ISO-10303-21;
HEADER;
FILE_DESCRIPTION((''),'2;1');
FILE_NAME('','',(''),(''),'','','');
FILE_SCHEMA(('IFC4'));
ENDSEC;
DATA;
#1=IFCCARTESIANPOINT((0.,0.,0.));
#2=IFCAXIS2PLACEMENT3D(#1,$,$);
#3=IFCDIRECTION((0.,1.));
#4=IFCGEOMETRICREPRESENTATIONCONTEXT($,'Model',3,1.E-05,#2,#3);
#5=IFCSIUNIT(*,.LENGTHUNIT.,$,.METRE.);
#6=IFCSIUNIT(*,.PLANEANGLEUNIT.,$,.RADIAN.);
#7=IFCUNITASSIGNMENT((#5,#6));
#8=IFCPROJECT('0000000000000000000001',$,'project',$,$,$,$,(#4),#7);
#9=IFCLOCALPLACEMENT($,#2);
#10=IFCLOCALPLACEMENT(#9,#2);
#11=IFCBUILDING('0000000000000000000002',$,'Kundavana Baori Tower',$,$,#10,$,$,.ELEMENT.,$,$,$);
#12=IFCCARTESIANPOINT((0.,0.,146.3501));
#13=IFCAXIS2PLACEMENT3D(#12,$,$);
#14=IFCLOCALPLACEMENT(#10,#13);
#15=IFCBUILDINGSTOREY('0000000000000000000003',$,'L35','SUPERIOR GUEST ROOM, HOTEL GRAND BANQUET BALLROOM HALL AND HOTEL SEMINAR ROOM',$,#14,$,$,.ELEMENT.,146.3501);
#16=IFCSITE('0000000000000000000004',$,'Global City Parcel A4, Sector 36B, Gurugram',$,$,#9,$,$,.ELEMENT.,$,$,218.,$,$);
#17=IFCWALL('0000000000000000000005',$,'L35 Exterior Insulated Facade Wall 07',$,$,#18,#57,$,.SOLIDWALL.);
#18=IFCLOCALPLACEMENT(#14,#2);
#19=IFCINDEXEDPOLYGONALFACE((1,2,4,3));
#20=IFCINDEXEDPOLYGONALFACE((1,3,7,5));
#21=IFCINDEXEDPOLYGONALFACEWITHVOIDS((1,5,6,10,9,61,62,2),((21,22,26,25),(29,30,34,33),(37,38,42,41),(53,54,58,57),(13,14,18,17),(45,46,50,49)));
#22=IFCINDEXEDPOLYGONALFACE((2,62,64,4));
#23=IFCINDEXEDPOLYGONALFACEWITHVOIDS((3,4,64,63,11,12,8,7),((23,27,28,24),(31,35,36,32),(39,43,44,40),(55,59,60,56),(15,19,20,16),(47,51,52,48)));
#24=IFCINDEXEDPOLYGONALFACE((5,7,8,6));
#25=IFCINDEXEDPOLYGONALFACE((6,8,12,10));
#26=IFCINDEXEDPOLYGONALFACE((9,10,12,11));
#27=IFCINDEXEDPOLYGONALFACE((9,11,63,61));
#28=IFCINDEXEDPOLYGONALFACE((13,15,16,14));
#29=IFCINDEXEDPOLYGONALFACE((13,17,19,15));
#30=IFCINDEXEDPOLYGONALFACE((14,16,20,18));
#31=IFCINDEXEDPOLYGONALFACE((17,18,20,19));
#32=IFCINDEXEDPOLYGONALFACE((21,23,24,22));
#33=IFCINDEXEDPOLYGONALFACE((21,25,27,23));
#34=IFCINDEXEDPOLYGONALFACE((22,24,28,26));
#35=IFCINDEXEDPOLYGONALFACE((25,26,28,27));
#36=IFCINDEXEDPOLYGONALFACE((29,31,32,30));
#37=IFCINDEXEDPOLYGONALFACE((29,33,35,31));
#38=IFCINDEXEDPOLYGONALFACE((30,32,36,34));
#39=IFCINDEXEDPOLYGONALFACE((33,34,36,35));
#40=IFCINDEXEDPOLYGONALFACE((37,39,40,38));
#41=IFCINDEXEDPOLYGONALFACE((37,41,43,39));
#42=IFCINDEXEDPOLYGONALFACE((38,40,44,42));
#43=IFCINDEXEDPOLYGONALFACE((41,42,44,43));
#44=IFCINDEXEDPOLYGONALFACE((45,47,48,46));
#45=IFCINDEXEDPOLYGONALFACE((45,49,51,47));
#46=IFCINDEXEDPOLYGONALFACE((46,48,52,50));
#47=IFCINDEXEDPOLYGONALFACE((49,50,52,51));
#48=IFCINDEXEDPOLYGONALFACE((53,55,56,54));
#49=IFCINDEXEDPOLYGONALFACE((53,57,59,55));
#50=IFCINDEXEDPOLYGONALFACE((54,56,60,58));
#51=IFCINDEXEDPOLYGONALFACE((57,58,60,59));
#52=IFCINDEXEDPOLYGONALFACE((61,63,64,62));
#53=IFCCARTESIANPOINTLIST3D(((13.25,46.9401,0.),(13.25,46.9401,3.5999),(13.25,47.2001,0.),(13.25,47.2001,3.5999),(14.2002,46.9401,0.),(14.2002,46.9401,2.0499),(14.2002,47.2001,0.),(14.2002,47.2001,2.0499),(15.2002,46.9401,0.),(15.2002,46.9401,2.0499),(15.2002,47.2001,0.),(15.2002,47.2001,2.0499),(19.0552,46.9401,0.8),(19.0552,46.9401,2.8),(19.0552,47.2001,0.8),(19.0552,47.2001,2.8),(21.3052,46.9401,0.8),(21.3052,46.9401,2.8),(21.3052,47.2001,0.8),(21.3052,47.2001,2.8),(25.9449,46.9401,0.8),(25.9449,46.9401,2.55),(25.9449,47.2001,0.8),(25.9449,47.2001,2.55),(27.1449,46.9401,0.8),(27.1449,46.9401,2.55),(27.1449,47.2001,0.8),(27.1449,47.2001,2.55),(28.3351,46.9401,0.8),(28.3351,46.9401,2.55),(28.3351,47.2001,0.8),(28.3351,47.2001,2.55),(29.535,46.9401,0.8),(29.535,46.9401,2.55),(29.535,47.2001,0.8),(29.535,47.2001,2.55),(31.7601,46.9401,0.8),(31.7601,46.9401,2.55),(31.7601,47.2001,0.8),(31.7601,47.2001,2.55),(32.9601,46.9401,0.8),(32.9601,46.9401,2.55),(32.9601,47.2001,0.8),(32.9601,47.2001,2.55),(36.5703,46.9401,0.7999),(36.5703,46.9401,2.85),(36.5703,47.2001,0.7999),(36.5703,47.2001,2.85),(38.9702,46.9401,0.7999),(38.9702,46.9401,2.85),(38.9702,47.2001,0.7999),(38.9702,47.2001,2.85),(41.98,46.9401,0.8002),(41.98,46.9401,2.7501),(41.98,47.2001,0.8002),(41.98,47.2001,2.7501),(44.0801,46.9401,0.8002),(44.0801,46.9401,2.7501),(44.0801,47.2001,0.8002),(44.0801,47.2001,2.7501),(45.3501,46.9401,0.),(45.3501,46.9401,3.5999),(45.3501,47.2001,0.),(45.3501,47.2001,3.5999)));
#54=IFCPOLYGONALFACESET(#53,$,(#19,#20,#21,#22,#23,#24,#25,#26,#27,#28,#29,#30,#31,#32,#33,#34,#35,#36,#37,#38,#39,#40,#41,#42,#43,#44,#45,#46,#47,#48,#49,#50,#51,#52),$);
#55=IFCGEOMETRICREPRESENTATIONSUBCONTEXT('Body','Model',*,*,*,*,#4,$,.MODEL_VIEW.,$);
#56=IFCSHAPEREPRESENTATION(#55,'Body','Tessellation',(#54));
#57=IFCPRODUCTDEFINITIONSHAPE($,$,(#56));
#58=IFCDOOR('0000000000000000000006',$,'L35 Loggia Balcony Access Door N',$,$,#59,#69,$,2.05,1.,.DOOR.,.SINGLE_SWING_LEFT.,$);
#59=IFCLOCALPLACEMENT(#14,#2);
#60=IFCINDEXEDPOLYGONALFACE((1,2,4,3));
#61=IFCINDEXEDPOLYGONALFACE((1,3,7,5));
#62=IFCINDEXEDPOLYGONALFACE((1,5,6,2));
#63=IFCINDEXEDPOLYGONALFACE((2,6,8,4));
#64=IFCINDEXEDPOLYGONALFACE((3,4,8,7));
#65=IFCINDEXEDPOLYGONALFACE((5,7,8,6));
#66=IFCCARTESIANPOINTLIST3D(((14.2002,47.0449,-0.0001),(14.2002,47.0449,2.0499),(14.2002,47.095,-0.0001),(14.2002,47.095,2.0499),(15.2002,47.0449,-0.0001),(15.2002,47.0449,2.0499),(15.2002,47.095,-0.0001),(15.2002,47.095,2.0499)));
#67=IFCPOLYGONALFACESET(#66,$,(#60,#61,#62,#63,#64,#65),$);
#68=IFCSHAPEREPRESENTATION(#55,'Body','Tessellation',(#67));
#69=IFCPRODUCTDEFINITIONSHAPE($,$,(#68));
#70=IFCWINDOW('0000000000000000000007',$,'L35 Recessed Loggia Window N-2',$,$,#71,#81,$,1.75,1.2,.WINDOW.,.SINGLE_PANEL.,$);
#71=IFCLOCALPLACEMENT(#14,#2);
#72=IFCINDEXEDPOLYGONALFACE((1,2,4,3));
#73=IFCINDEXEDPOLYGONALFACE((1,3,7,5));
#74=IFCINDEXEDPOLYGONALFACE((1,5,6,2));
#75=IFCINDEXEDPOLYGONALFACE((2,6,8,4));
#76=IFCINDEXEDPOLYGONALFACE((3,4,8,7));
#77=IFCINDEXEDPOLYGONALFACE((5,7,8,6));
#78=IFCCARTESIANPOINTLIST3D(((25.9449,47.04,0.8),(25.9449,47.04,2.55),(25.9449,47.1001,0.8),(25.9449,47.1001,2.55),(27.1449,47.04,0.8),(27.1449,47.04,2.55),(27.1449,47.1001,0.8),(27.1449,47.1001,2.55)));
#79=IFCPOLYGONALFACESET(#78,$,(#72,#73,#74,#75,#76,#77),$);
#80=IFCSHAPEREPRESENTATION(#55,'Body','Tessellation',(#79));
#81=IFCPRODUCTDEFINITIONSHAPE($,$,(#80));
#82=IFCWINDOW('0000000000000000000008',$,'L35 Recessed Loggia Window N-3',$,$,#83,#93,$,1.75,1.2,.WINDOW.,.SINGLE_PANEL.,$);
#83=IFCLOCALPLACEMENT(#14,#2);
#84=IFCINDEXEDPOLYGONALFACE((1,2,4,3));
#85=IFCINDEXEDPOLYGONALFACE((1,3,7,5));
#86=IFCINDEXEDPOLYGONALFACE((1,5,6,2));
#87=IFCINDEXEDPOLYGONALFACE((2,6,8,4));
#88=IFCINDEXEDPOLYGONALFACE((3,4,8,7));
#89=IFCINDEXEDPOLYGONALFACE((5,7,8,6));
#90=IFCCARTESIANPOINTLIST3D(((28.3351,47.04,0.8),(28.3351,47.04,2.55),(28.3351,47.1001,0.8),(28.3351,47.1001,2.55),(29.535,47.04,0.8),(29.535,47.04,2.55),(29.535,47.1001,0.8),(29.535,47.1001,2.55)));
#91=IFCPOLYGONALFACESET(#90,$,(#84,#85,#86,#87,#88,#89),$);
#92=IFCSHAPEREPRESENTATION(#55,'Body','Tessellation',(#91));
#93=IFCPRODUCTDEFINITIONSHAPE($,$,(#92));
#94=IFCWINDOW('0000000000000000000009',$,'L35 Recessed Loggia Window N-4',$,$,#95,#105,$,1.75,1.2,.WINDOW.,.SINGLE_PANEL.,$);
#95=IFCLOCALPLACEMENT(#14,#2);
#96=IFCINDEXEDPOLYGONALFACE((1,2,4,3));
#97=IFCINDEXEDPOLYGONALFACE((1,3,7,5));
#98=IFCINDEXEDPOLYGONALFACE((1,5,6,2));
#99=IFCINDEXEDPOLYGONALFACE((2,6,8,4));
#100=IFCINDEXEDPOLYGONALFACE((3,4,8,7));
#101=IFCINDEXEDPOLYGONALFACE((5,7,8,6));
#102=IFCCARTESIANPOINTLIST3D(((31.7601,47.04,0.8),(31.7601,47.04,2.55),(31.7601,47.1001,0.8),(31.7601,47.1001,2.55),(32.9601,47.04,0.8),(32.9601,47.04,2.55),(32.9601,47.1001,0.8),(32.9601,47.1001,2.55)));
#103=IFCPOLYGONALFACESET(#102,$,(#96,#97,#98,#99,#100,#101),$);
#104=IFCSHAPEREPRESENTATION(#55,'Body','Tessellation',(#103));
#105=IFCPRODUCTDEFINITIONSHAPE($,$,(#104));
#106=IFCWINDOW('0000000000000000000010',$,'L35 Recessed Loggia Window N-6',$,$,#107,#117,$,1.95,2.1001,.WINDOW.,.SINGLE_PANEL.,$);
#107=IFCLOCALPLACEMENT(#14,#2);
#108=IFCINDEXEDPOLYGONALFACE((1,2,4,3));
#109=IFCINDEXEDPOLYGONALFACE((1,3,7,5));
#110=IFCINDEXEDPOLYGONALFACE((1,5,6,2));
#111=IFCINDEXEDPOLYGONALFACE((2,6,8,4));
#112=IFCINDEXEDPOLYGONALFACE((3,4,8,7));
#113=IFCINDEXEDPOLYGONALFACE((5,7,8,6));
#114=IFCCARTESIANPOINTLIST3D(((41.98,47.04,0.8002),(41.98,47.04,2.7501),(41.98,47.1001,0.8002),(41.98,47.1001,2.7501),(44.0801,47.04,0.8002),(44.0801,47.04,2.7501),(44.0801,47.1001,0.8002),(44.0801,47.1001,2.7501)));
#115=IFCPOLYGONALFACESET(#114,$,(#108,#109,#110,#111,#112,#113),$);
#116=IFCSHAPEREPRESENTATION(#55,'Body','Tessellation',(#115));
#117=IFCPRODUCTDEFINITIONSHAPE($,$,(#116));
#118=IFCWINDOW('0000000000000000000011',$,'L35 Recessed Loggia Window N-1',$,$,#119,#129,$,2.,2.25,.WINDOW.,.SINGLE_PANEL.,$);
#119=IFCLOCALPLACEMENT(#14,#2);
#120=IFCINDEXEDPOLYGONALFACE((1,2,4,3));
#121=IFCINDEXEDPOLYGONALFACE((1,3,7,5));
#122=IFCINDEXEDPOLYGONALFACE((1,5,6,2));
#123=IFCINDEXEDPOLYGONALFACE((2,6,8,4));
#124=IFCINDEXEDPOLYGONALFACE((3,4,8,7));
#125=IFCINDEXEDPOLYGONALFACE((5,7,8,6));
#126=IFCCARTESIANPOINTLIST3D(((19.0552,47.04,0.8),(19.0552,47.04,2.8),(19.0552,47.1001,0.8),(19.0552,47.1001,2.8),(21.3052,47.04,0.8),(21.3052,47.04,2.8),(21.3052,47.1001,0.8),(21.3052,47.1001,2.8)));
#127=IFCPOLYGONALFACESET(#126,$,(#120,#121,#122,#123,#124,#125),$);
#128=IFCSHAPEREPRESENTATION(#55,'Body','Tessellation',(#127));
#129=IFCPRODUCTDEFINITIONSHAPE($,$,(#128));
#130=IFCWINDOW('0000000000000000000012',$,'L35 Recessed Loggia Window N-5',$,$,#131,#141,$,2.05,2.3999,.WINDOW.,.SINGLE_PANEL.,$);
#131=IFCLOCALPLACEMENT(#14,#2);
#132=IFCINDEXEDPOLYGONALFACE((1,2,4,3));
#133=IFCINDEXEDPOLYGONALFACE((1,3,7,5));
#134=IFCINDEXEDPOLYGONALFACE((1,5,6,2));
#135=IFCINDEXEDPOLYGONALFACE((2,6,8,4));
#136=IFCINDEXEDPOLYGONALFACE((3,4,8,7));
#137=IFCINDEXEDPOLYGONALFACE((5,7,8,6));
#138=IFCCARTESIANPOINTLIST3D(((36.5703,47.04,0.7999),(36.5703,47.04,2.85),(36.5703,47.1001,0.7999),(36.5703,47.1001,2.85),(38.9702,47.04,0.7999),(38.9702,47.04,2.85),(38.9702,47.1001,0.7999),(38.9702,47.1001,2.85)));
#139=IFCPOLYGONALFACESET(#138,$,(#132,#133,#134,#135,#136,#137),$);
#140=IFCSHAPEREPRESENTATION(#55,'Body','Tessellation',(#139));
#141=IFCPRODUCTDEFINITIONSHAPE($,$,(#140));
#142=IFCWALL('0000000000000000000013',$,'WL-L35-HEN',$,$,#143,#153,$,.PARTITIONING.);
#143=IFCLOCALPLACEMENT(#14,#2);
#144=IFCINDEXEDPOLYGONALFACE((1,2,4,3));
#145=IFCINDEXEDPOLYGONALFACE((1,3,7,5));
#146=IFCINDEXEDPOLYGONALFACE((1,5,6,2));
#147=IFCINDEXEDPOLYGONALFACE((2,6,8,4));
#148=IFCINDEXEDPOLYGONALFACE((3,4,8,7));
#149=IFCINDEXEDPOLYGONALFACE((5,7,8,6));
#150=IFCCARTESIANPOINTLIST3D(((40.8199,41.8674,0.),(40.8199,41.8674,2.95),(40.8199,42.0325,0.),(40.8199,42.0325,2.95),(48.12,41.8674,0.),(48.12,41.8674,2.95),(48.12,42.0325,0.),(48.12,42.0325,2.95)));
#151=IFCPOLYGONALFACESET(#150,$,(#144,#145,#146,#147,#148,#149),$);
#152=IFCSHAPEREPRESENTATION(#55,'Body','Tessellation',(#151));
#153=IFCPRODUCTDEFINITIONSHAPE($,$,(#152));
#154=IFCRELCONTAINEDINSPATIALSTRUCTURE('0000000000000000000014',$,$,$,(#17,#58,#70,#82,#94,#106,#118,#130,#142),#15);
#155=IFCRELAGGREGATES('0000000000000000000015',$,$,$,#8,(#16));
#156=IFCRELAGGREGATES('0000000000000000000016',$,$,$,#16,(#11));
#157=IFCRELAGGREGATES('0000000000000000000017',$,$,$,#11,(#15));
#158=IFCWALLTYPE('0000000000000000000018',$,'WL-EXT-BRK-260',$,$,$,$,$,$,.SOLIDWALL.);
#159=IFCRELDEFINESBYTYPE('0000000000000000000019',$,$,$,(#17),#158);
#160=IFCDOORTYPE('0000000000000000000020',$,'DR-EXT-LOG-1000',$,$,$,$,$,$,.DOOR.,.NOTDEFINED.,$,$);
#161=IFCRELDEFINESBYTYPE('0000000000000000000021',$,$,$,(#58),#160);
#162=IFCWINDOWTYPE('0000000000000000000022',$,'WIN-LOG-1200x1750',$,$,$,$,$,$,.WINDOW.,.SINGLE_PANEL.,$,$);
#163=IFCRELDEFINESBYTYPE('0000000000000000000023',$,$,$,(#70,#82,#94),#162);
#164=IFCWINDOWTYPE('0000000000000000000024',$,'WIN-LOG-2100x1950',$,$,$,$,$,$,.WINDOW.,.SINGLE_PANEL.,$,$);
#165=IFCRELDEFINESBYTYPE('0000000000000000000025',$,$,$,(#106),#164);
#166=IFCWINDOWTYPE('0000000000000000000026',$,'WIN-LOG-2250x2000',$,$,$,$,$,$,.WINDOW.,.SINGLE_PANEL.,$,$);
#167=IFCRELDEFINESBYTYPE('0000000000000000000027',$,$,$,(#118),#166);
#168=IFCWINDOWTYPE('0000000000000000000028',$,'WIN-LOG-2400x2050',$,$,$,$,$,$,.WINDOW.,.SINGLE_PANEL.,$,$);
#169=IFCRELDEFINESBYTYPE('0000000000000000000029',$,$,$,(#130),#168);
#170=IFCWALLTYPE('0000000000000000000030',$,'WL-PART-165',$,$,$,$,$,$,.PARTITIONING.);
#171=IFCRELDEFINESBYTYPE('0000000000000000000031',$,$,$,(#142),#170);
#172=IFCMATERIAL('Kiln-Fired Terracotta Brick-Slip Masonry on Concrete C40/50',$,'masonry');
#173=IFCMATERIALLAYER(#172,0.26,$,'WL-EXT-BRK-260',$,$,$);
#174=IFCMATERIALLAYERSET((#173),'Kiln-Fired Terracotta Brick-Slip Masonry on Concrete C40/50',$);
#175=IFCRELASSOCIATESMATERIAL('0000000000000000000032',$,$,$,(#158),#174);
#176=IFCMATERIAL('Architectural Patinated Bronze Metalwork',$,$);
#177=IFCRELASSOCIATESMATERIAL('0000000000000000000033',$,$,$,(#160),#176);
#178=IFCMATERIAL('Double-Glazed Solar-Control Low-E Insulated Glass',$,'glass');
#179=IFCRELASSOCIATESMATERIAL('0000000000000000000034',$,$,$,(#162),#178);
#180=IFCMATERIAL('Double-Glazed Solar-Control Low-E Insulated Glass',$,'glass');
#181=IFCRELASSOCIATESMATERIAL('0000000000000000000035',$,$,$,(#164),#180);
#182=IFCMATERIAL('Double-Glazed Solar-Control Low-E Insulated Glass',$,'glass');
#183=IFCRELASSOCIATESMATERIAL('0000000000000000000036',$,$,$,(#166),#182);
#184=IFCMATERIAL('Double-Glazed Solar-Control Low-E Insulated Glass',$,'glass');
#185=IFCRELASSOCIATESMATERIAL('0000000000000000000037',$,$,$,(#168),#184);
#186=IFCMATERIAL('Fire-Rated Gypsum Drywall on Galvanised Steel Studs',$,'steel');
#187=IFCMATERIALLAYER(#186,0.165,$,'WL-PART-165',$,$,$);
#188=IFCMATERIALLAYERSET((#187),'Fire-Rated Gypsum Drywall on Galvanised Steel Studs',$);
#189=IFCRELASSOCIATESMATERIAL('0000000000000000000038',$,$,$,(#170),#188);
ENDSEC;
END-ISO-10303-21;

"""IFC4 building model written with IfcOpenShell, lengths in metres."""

from ifc_helpers import new_model, si_unit, direction, frame, frame_2d, origin, place, context, subcontext, project, spatial, rectangle, extrude, material, layer, layer_set, type_object, element, fill, save


model = new_model("IFC4")

# Units and contexts
model_context = context("Model", 3, precision=1e-05, world=origin(), true_north=direction((0.0, 1.0)))
body_context = subcontext(model_context, "Body", "Model", "MODEL_VIEW")
ifc_project = project(units=[si_unit("LENGTHUNIT", "METRE"), si_unit("PLANEANGLEUNIT", "RADIAN")], contexts=[model_context])

# Site, building, storey
site_placement = place(None, origin())
site = spatial("IfcSite", under=ifc_project, at=site_placement, Name="Global City Parcel A4, Sector 36B, Gurugram", CompositionType="ELEMENT", RefElevation=218.0)
building_placement = place(site_placement, origin())
building = spatial("IfcBuilding", under=site, at=building_placement, Name="Kundavana Baori Tower", CompositionType="ELEMENT")
storey_placement = place(building_placement, frame((0.0, 0.0, 146.3501)))
storey = spatial("IfcBuildingStorey", under=building, at=storey_placement, Name="L35", Description="SUPERIOR GUEST ROOM, HOTEL GRAND BANQUET BALLROOM HALL AND HOTEL SEMINAR ROOM", CompositionType="ELEMENT", Elevation=146.3501)

# Shared definitions
ifc_material_1 = material(Name="Kiln-Fired Terracotta Brick-Slip Masonry on Concrete C40/50", Category="masonry")
ifc_layer_1 = layer(ifc_material_1, 0.26, Name="WL-EXT-BRK-260")
ifc_layer_set_1 = layer_set([ifc_layer_1], Name="Kiln-Fired Terracotta Brick-Slip Masonry on Concrete C40/50")
wall_type_1 = type_object("IfcWallType", Name="WL-EXT-BRK-260", PredefinedType="SOLIDWALL", material=ifc_layer_set_1)

# Wall, openings, door, windows
wall_1_placement = place(storey_placement, frame((45.3501, 47.0701, 0.0), z_axis=(0.0, 0.0, 1.0), x_axis=(-1.0, 0.0, 0.0)))
wall_1 = element("IfcWall", 1, at=wall_1_placement, inside=storey, type_object=wall_type_1, Name="L35 Exterior Insulated Facade Wall 07", PredefinedType="SOLIDWALL", context=body_context, shape_type="SweptSolid", body=[
    extrude(rectangle(XDim=32.1001, YDim=0.26, at=frame_2d((16.05, 0.0))), origin(), (0.0, 0.0, 1.0), 3.5999),
])
opening_1_placement = place(wall_1_placement, frame((30.1499, 0.0, 0.0)))
opening_1 = element("IfcOpeningElement", 2, at=opening_1_placement, cuts=wall_1, PredefinedType="OPENING", context=body_context, shape_type="SweptSolid", body=[
    extrude(rectangle(XDim=1.0, YDim=2.05, at=frame_2d((0.5, 1.0249))), frame((0.0, 0.1401, 0.0), z_axis=(0.0, -1.0, 0.0), x_axis=(1.0, 0.0, 0.0)), (0.0, 0.0, 1.0), 0.28),
])
opening_2_placement = place(wall_1_placement, frame((24.0449, 0.0, 0.8)))
opening_2 = element("IfcOpeningElement", 3, at=opening_2_placement, cuts=wall_1, PredefinedType="OPENING", context=body_context, shape_type="SweptSolid", body=[
    extrude(rectangle(XDim=2.25, YDim=2.0, at=frame_2d((1.125, 1.0))), frame((0.0, 0.1401, 0.0), z_axis=(0.0, -1.0, 0.0), x_axis=(1.0, 0.0, 0.0)), (0.0, 0.0, 1.0), 0.28),
])
opening_3_placement = place(wall_1_placement, frame((18.2051, 0.0, 0.8)))
opening_3 = element("IfcOpeningElement", 4, at=opening_3_placement, cuts=wall_1, PredefinedType="OPENING", context=body_context, shape_type="SweptSolid", body=[
    extrude(rectangle(XDim=1.2, YDim=1.75, at=frame_2d((0.6001, 0.875))), frame((0.0, 0.1401, 0.0), z_axis=(0.0, -1.0, 0.0), x_axis=(1.0, 0.0, 0.0)), (0.0, 0.0, 1.0), 0.28),
])
opening_4_placement = place(wall_1_placement, frame((15.8149, 0.0, 0.8)))
opening_4 = element("IfcOpeningElement", 5, at=opening_4_placement, cuts=wall_1, PredefinedType="OPENING", context=body_context, shape_type="SweptSolid", body=[
    extrude(rectangle(XDim=1.2, YDim=1.75, at=frame_2d((0.6001, 0.875))), frame((0.0, 0.1401, 0.0), z_axis=(0.0, -1.0, 0.0), x_axis=(1.0, 0.0, 0.0)), (0.0, 0.0, 1.0), 0.28),
])
opening_5_placement = place(wall_1_placement, frame((12.3899, 0.0, 0.8)))
opening_5 = element("IfcOpeningElement", 6, at=opening_5_placement, cuts=wall_1, PredefinedType="OPENING", context=body_context, shape_type="SweptSolid", body=[
    extrude(rectangle(XDim=1.2, YDim=1.75, at=frame_2d((0.6001, 0.875))), frame((0.0, 0.1401, 0.0), z_axis=(0.0, -1.0, 0.0), x_axis=(1.0, 0.0, 0.0)), (0.0, 0.0, 1.0), 0.28),
])
opening_6_placement = place(wall_1_placement, frame((6.3799, 0.0, 0.8)))
opening_6 = element("IfcOpeningElement", 7, at=opening_6_placement, cuts=wall_1, PredefinedType="OPENING", context=body_context, shape_type="SweptSolid", body=[
    extrude(rectangle(XDim=2.3999, YDim=2.05, at=frame_2d((1.2, 1.0249))), frame((0.0, 0.1401, 0.0), z_axis=(0.0, -1.0, 0.0), x_axis=(1.0, 0.0, 0.0)), (0.0, 0.0, 1.0), 0.28),
])
opening_7_placement = place(wall_1_placement, frame((1.27, 0.0, 0.8)))
opening_7 = element("IfcOpeningElement", 8, at=opening_7_placement, cuts=wall_1, PredefinedType="OPENING", context=body_context, shape_type="SweptSolid", body=[
    extrude(rectangle(XDim=2.1001, YDim=1.95, at=frame_2d((1.05, 0.9751))), frame((0.0, 0.1401, 0.0), z_axis=(0.0, -1.0, 0.0), x_axis=(1.0, 0.0, 0.0)), (0.0, 0.0, 1.0), 0.28),
])
ifc_material_2 = material(Name="Architectural Patinated Bronze Metalwork")
door_type_1 = type_object("IfcDoorType", Name="DR-EXT-LOG-1000", OperationType="NOTDEFINED", PredefinedType="DOOR", material=ifc_material_2)
door_1_placement = place(opening_1_placement, frame((1.0, 0.0, 0.0), z_axis=(0.0, 0.0, 1.0), x_axis=(-1.0, 0.0, 0.0)))
door_1 = element("IfcDoor", 9, at=door_1_placement, inside=storey, type_object=door_type_1, Name="L35 Loggia Balcony Access Door N", OperationType="SINGLE_SWING_LEFT", OverallHeight=2.05, OverallWidth=1.0, PredefinedType="DOOR", context=body_context, shape_type="SweptSolid", body=[
    extrude(rectangle(XDim=1.0, YDim=2.05, at=frame_2d((0.5, 1.0249))), frame((0.0, 0.0249, 0.0), z_axis=(0.0, -1.0, 0.0), x_axis=(1.0, 0.0, 0.0)), (0.0, 0.0, 1.0), 0.05),
])
fill(opening_1, door_1)
ifc_material_3 = material(Name="Double-Glazed Solar-Control Low-E Insulated Glass", Category="glass")
window_type_1 = type_object("IfcWindowType", Name="WIN-LOG-1200x1750", PartitioningType="SINGLE_PANEL", PredefinedType="WINDOW", material=ifc_material_3)
window_1_placement = place(opening_3_placement, origin())
window_1 = element("IfcWindow", 10, at=window_1_placement, inside=storey, type_object=window_type_1, Name="L35 Recessed Loggia Window N-2", OverallHeight=1.75, OverallWidth=1.2, PartitioningType="SINGLE_PANEL", PredefinedType="WINDOW", context=body_context, shape_type="SweptSolid", body=[
    extrude(rectangle(XDim=1.2, YDim=1.75, at=frame_2d((0.6001, 0.875))), frame((0.0, 0.03, 0.0), z_axis=(0.0, -1.0, 0.0), x_axis=(1.0, 0.0, 0.0)), (0.0, 0.0, 1.0), 0.0601),
])
fill(opening_3, window_1)
window_2_placement = place(opening_4_placement, origin())
window_2 = element("IfcWindow", 11, at=window_2_placement, inside=storey, type_object=window_type_1, Name="L35 Recessed Loggia Window N-3", OverallHeight=1.75, OverallWidth=1.2, PartitioningType="SINGLE_PANEL", PredefinedType="WINDOW", context=body_context, shape_type="SweptSolid", body=[
    extrude(rectangle(XDim=1.2, YDim=1.75, at=frame_2d((0.6001, 0.875))), frame((0.0, 0.03, 0.0), z_axis=(0.0, -1.0, 0.0), x_axis=(1.0, 0.0, 0.0)), (0.0, 0.0, 1.0), 0.0601),
])
fill(opening_4, window_2)
window_3_placement = place(opening_5_placement, origin())
window_3 = element("IfcWindow", 12, at=window_3_placement, inside=storey, type_object=window_type_1, Name="L35 Recessed Loggia Window N-4", OverallHeight=1.75, OverallWidth=1.2, PartitioningType="SINGLE_PANEL", PredefinedType="WINDOW", context=body_context, shape_type="SweptSolid", body=[
    extrude(rectangle(XDim=1.2, YDim=1.75, at=frame_2d((0.6001, 0.875))), frame((0.0, 0.03, 0.0), z_axis=(0.0, -1.0, 0.0), x_axis=(1.0, 0.0, 0.0)), (0.0, 0.0, 1.0), 0.0601),
])
fill(opening_5, window_3)
ifc_material_4 = material(Name="Double-Glazed Solar-Control Low-E Insulated Glass", Category="glass")
window_type_2 = type_object("IfcWindowType", Name="WIN-LOG-2100x1950", PartitioningType="SINGLE_PANEL", PredefinedType="WINDOW", material=ifc_material_4)
window_4_placement = place(opening_7_placement, origin())
window_4 = element("IfcWindow", 13, at=window_4_placement, inside=storey, type_object=window_type_2, Name="L35 Recessed Loggia Window N-6", OverallHeight=1.95, OverallWidth=2.1001, PartitioningType="SINGLE_PANEL", PredefinedType="WINDOW", context=body_context, shape_type="SweptSolid", body=[
    extrude(rectangle(XDim=2.1001, YDim=1.95, at=frame_2d((1.05, 0.9751))), frame((0.0, 0.03, 0.0), z_axis=(0.0, -1.0, 0.0), x_axis=(1.0, 0.0, 0.0)), (0.0, 0.0, 1.0), 0.0601),
])
fill(opening_7, window_4)
ifc_material_5 = material(Name="Double-Glazed Solar-Control Low-E Insulated Glass", Category="glass")
window_type_3 = type_object("IfcWindowType", Name="WIN-LOG-2250x2000", PartitioningType="SINGLE_PANEL", PredefinedType="WINDOW", material=ifc_material_5)
window_5_placement = place(opening_2_placement, origin())
window_5 = element("IfcWindow", 14, at=window_5_placement, inside=storey, type_object=window_type_3, Name="L35 Recessed Loggia Window N-1", OverallHeight=2.0, OverallWidth=2.25, PartitioningType="SINGLE_PANEL", PredefinedType="WINDOW", context=body_context, shape_type="SweptSolid", body=[
    extrude(rectangle(XDim=2.25, YDim=2.0, at=frame_2d((1.125, 1.0))), frame((0.0, 0.03, 0.0), z_axis=(0.0, -1.0, 0.0), x_axis=(1.0, 0.0, 0.0)), (0.0, 0.0, 1.0), 0.0601),
])
fill(opening_2, window_5)
ifc_material_6 = material(Name="Double-Glazed Solar-Control Low-E Insulated Glass", Category="glass")
window_type_4 = type_object("IfcWindowType", Name="WIN-LOG-2400x2050", PartitioningType="SINGLE_PANEL", PredefinedType="WINDOW", material=ifc_material_6)
window_6_placement = place(opening_6_placement, origin())
window_6 = element("IfcWindow", 15, at=window_6_placement, inside=storey, type_object=window_type_4, Name="L35 Recessed Loggia Window N-5", OverallHeight=2.05, OverallWidth=2.3999, PartitioningType="SINGLE_PANEL", PredefinedType="WINDOW", context=body_context, shape_type="SweptSolid", body=[
    extrude(rectangle(XDim=2.3999, YDim=2.05, at=frame_2d((1.2, 1.0249))), frame((0.0, 0.03, 0.0), z_axis=(0.0, -1.0, 0.0), x_axis=(1.0, 0.0, 0.0)), (0.0, 0.0, 1.0), 0.0601),
])
fill(opening_6, window_6)

# Wall
ifc_material_7 = material(Name="Fire-Rated Gypsum Drywall on Galvanised Steel Studs", Category="steel")
ifc_layer_2 = layer(ifc_material_7, 0.165, Name="WL-PART-165")
ifc_layer_set_2 = layer_set([ifc_layer_2], Name="Fire-Rated Gypsum Drywall on Galvanised Steel Studs")
wall_type_2 = type_object("IfcWallType", Name="WL-PART-165", PredefinedType="PARTITIONING", material=ifc_layer_set_2)
wall_2_placement = place(storey_placement, frame((40.8201, 41.95, 0.0), z_axis=(0.0, 0.0, 1.0), x_axis=(1.0, 0.0, 0.0)))
element("IfcWall", 16, at=wall_2_placement, inside=storey, type_object=wall_type_2, Name="WL-L35-HEN", PredefinedType="PARTITIONING", context=body_context, shape_type="SweptSolid", body=[
    extrude(rectangle(XDim=7.3, YDim=0.165, at=frame_2d((3.6499, 0.0))), origin(), (0.0, 0.0, 1.0), 2.95),
])

save(model, "model.ifc")
